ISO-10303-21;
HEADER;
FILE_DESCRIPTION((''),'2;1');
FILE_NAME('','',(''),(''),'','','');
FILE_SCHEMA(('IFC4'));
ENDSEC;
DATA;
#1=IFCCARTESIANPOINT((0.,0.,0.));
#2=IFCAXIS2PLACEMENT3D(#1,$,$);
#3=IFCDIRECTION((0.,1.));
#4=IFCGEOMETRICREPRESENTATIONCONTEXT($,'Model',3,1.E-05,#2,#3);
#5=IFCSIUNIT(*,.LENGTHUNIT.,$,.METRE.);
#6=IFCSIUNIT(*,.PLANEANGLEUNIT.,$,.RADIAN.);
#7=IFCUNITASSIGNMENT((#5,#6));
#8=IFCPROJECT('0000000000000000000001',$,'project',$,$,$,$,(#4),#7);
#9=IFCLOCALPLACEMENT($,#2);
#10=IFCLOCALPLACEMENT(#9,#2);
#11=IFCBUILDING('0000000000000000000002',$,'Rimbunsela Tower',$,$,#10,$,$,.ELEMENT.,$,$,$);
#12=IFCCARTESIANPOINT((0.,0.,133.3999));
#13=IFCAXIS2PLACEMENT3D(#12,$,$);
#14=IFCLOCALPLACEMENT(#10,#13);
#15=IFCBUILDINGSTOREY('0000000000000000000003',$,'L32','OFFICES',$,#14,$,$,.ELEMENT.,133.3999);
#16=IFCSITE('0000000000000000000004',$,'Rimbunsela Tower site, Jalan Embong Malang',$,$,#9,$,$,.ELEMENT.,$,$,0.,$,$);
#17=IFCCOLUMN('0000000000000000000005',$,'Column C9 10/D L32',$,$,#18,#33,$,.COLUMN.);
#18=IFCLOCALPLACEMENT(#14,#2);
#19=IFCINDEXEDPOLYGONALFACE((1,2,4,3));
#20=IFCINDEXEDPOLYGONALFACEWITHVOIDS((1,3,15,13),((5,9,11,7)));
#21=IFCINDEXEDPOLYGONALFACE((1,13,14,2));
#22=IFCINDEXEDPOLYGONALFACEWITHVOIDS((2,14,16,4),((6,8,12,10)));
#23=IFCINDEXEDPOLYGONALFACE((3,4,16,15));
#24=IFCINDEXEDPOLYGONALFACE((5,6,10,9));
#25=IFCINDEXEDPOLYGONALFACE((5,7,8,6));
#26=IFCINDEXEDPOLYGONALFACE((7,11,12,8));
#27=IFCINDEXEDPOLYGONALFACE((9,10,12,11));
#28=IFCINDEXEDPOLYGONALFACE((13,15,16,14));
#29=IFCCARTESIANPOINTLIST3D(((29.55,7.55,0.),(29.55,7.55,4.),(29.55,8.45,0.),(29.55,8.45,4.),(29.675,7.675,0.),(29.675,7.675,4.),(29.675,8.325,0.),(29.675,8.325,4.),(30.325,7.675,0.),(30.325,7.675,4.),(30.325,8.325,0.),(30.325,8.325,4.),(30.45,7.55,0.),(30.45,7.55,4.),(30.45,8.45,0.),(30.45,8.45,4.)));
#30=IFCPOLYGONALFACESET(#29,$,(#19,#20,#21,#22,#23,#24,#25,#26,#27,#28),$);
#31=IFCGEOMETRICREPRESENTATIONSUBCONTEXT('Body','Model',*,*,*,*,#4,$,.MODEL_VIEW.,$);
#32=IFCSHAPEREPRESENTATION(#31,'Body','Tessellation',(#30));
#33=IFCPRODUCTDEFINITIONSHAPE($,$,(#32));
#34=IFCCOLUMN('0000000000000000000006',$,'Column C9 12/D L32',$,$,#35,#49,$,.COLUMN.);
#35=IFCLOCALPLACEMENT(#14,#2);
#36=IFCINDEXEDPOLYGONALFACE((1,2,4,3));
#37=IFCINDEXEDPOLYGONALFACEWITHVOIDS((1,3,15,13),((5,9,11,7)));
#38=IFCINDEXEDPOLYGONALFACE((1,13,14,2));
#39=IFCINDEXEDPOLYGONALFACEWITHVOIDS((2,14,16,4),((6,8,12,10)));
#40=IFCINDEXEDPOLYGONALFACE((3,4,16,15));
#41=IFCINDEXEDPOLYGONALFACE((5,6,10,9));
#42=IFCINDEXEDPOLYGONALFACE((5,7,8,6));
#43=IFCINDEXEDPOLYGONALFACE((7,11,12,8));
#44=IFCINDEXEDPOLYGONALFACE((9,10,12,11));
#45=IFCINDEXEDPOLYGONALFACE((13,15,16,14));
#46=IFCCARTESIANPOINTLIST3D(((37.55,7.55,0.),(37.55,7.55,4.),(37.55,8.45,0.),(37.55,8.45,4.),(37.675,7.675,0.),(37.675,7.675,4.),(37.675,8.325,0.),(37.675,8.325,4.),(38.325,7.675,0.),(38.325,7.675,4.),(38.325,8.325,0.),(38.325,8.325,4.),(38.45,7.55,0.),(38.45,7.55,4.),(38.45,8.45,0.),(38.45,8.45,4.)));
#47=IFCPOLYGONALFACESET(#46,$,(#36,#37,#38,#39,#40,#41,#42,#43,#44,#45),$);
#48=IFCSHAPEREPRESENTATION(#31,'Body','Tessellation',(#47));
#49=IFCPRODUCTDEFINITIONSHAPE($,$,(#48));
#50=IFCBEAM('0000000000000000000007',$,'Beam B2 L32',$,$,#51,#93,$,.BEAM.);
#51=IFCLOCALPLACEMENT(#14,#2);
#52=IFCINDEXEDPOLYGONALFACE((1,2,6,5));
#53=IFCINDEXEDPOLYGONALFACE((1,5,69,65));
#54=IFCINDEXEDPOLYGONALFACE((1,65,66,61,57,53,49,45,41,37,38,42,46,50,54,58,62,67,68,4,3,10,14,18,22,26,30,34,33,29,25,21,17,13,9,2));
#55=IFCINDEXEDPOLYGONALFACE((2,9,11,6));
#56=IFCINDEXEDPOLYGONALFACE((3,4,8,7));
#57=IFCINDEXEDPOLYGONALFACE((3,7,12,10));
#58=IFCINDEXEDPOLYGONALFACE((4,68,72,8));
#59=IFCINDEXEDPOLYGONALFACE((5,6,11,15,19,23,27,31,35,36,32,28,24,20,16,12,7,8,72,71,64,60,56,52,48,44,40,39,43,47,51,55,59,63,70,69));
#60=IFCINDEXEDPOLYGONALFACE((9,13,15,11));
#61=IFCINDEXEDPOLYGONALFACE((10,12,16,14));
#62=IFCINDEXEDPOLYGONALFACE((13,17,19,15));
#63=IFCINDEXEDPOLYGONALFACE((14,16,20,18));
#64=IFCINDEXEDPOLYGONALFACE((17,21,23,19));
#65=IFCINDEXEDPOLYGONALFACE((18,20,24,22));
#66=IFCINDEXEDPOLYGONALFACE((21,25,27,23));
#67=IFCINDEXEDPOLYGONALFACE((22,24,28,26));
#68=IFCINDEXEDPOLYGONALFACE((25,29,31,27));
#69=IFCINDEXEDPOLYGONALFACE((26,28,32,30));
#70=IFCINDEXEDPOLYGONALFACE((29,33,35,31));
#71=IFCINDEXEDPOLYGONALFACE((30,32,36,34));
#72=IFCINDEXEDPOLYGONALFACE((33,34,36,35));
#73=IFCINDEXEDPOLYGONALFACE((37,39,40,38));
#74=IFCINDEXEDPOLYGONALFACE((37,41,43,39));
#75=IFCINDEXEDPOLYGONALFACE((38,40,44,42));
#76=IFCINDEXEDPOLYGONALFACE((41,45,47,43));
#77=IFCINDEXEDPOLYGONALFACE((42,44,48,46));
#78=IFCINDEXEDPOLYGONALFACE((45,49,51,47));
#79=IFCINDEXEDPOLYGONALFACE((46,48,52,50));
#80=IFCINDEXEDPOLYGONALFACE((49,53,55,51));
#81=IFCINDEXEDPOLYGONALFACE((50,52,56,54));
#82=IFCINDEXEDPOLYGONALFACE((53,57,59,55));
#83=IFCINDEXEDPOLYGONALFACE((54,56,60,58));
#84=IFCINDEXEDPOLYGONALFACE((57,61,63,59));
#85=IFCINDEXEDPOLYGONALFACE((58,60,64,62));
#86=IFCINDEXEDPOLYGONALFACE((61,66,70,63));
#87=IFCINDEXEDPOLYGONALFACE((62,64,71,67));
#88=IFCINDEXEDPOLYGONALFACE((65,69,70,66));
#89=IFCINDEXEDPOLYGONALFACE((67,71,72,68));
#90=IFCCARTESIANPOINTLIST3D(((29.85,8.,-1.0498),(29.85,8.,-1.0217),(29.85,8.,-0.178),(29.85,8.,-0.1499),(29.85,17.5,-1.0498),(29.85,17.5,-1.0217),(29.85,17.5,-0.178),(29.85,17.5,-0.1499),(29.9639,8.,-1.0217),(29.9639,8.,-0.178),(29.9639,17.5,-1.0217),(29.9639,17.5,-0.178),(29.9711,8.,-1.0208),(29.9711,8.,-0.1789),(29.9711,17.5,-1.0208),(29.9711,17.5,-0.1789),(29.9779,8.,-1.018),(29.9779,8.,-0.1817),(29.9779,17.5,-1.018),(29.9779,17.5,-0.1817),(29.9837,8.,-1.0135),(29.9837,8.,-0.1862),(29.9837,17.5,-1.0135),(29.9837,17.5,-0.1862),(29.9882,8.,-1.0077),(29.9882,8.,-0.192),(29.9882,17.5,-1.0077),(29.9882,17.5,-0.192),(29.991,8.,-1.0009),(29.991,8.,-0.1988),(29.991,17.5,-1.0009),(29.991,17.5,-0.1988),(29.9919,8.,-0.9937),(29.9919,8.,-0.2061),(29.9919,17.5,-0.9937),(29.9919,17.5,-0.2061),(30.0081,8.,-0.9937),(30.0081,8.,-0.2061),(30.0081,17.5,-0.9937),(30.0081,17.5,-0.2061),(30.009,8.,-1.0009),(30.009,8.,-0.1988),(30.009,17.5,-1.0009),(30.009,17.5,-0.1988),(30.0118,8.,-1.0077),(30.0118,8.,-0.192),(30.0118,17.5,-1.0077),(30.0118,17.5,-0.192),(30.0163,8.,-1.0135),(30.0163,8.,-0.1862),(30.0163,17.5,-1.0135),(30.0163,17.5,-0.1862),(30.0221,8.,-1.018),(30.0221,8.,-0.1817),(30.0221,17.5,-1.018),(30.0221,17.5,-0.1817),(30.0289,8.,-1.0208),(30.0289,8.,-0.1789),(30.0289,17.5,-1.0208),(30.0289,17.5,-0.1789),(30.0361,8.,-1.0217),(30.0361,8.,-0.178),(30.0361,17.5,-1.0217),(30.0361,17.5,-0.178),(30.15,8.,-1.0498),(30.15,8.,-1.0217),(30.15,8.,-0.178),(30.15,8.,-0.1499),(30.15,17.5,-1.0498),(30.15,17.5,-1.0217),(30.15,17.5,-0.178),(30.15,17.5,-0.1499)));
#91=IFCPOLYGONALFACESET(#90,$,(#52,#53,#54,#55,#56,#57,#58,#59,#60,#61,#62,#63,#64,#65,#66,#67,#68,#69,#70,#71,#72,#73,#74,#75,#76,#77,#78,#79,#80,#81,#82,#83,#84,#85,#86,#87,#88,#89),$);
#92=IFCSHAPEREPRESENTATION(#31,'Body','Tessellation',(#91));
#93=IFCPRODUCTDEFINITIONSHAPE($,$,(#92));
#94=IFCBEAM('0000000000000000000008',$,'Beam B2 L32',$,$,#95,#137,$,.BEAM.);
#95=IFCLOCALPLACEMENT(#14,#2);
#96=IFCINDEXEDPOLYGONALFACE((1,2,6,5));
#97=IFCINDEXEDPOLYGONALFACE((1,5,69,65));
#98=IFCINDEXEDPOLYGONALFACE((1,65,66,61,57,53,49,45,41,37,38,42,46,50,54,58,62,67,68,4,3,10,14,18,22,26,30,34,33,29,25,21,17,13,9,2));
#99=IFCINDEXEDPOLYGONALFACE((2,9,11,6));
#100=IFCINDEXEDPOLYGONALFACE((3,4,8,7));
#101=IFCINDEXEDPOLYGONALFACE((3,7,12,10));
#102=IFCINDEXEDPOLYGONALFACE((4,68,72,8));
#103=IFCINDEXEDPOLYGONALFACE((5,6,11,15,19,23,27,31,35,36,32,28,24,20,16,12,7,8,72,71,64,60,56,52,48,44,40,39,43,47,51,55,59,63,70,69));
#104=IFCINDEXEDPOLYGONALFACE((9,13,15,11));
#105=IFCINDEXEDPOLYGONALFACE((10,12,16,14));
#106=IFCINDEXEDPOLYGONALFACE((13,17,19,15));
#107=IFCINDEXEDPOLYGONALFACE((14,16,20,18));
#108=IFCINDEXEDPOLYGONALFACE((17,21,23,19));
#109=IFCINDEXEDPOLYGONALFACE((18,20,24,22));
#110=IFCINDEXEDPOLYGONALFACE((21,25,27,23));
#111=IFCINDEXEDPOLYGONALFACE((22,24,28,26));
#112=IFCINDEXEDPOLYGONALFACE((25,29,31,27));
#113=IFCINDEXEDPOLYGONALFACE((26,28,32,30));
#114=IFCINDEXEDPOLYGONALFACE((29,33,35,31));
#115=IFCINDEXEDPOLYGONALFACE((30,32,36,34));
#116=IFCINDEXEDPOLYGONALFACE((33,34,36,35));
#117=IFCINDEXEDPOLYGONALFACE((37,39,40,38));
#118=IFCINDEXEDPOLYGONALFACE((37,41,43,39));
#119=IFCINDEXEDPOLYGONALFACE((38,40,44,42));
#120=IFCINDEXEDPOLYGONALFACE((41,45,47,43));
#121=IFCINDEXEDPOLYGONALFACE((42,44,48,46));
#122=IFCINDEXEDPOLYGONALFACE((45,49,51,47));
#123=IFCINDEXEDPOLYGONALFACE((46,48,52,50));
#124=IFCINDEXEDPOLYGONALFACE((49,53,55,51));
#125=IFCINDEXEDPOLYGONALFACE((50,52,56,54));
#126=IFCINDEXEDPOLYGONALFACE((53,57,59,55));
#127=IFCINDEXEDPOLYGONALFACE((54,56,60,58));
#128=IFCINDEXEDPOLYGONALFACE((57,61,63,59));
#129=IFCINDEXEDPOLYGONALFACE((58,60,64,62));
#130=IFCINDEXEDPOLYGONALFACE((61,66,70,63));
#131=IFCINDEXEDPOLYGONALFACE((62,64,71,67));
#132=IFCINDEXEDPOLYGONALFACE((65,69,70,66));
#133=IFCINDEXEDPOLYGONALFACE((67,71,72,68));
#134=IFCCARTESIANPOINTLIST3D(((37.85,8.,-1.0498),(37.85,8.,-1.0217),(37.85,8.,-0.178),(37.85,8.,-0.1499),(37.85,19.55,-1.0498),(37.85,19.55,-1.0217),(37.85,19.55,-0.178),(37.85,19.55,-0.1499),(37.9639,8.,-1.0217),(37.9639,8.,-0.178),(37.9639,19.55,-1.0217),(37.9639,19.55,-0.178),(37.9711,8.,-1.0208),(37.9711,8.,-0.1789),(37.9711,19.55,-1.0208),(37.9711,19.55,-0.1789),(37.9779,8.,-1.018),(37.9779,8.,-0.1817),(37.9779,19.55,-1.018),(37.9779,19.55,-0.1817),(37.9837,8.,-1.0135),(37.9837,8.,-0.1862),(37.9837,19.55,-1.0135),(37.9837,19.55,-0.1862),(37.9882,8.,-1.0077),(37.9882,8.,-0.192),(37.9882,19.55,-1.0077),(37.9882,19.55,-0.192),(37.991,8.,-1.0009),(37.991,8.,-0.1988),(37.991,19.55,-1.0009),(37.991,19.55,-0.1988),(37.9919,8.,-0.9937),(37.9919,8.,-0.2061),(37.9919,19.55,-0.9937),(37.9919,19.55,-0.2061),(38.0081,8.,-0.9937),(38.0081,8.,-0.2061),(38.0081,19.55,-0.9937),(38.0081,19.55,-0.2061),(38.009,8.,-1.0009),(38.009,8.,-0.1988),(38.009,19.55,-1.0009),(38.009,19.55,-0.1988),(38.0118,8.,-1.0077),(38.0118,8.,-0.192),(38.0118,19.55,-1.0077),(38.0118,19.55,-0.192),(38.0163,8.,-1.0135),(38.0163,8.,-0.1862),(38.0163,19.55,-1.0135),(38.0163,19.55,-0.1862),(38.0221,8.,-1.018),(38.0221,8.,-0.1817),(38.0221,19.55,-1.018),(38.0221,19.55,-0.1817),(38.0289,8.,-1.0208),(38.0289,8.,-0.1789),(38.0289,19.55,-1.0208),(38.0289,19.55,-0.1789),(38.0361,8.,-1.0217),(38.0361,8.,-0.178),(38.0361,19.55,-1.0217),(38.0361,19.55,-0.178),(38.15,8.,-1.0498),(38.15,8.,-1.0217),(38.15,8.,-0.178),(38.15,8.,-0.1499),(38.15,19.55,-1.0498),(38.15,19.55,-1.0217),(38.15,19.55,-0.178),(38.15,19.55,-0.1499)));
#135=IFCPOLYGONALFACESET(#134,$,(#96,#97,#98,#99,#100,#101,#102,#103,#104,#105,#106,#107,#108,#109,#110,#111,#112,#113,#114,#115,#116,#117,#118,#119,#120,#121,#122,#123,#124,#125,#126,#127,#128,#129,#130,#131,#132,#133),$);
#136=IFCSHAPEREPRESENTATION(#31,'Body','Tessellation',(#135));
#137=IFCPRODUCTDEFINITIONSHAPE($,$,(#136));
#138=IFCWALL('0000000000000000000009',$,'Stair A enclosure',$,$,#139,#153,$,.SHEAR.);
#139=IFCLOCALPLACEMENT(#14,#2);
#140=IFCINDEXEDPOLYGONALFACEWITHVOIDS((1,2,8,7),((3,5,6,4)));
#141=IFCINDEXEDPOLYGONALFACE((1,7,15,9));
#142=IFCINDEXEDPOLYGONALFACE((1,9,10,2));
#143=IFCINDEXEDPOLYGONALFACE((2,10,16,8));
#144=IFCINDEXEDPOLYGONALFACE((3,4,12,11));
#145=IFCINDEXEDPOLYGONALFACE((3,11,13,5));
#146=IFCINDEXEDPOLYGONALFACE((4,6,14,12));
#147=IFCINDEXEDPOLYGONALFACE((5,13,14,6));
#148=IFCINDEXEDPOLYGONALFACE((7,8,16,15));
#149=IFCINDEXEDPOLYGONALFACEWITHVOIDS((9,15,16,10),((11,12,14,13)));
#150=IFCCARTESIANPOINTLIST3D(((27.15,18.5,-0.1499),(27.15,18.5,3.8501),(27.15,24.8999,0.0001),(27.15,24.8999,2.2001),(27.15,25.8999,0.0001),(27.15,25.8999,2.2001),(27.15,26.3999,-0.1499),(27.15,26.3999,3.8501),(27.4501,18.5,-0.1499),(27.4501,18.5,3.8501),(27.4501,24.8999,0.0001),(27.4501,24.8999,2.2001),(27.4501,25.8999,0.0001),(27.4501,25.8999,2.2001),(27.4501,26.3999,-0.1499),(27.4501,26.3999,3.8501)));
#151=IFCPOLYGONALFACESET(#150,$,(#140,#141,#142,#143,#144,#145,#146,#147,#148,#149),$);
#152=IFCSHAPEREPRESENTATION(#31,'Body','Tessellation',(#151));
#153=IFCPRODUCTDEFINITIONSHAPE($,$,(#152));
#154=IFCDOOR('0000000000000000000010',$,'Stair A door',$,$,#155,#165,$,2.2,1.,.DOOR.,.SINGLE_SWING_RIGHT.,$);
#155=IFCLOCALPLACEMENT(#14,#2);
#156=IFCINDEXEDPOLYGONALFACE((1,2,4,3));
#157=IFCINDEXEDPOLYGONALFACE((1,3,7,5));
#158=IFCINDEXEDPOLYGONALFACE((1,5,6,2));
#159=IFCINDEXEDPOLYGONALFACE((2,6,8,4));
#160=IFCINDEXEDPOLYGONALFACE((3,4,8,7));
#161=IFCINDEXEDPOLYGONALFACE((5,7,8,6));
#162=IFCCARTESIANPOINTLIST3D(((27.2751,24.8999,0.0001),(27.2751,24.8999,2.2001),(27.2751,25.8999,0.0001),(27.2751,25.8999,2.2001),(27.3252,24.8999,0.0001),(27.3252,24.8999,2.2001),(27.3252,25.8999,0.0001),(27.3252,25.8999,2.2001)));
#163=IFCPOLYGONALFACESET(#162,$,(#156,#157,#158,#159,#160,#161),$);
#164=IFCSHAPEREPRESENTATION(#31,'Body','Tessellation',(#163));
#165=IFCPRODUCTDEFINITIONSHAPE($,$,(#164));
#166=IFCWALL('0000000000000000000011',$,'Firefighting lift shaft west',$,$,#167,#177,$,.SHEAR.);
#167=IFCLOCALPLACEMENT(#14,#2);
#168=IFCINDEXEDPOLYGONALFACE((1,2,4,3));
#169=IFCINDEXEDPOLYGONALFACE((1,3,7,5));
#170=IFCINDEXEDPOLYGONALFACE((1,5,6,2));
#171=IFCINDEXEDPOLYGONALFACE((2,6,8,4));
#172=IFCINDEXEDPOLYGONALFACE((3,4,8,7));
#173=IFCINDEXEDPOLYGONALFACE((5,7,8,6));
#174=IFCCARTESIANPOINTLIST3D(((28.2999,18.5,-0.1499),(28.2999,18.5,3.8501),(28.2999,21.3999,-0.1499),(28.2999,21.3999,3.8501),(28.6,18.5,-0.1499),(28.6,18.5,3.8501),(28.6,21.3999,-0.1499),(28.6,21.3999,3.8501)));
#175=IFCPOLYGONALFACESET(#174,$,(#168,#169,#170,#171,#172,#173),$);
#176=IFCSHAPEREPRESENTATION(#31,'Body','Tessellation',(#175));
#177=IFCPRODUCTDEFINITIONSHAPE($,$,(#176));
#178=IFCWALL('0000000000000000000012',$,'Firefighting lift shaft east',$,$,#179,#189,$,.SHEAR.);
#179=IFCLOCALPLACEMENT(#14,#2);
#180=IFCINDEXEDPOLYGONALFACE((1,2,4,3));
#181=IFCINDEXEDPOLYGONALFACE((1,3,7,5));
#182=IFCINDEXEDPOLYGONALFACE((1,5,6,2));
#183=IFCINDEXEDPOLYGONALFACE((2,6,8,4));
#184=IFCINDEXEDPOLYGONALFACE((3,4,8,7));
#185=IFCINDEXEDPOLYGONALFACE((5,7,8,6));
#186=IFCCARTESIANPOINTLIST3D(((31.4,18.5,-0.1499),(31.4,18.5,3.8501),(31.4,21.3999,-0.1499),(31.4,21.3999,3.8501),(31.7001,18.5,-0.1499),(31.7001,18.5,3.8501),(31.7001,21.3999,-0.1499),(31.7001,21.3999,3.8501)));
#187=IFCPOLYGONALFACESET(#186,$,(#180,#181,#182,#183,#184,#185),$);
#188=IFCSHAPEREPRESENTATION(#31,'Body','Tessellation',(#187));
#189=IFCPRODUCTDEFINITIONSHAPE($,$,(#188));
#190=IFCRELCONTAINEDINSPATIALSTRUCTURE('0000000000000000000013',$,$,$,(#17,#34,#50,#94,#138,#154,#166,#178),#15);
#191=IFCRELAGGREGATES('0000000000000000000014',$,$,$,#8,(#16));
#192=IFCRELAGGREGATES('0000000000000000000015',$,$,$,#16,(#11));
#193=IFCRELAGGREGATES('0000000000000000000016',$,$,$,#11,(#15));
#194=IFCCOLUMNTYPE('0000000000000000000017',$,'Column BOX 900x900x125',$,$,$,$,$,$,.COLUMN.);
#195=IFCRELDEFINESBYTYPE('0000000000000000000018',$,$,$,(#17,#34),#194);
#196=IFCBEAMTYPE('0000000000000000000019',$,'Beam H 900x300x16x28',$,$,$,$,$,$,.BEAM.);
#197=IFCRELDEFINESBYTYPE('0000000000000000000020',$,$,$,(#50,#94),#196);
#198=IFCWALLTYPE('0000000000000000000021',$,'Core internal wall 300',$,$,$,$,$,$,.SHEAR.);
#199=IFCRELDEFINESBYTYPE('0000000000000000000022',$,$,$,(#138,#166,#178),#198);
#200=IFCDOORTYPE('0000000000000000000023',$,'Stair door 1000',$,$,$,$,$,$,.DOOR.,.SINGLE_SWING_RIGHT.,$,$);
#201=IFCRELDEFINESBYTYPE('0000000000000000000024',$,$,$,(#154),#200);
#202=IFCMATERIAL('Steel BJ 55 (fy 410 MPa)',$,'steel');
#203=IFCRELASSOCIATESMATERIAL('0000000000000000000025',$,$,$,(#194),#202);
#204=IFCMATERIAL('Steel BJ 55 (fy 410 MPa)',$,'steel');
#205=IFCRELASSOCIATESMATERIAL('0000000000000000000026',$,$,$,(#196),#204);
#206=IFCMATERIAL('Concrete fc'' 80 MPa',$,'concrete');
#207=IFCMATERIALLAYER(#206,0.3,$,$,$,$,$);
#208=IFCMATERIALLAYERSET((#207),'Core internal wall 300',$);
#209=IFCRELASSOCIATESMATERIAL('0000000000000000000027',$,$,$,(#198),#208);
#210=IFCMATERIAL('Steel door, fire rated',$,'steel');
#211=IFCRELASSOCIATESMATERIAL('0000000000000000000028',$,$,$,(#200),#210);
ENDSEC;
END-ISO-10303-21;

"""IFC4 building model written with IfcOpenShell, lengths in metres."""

from ifc_helpers import new_model, si_unit, direction, frame, frame_2d, origin, origin_2d, place, context, subcontext, project, spatial, rectangle, hollow_rectangle, i_section, extrude, material, layer, layer_set, material_profile, profile_set, type_object, element, fill, save


model = new_model("IFC4")

# Units and contexts
model_context = context("Model", 3, precision=1e-05, world=origin(), true_north=direction((0.0, 1.0)))
body_context = subcontext(model_context, "Body", "Model", "MODEL_VIEW")
ifc_project = project(units=[si_unit("LENGTHUNIT", "METRE"), si_unit("PLANEANGLEUNIT", "RADIAN")], contexts=[model_context])

# Site, building, storey
site_placement = place(None, origin())
site = spatial("IfcSite", under=ifc_project, at=site_placement, Name="Rimbunsela Tower site, Jalan Embong Malang", CompositionType="ELEMENT", RefElevation=0.0)
building_placement = place(site_placement, origin())
building = spatial("IfcBuilding", under=site, at=building_placement, Name="Rimbunsela Tower", CompositionType="ELEMENT")
storey_placement = place(building_placement, frame((0.0, 0.0, 133.3999)))
storey = spatial("IfcBuildingStorey", under=building, at=storey_placement, Name="L32", Description="OFFICES", CompositionType="ELEMENT", Elevation=133.3999)

# Columns
ifc_material_1 = material(Name="Steel BJ 55 (fy 410 MPa)", Category="steel")
ifc_material_profile_1 = material_profile(ifc_material_1, hollow_rectangle(XDim=0.8999, YDim=0.8999, WallThickness=0.125, at=origin_2d()), Name="BOX 900x900x125")
ifc_profile_set_1 = profile_set([ifc_material_profile_1], Name="Steel BJ 55 (fy 410 MPa)")
column_type = type_object("IfcColumnType", Name="Column BOX 900x900x125", PredefinedType="COLUMN", material=ifc_profile_set_1)
for number, where, z_axis, x_axis, name in (
    (1, (30.0, 8.0, 0.0), (0.0, 0.0, 1.0), (1.0, 0.0, 0.0), "Column C9 10/D L32"),
    (2, (38.0, 8.0, 0.0), (0.0, 0.0, 1.0), (1.0, 0.0, 0.0), "Column C9 12/D L32"),
):
    element("IfcColumn", number, at=place(storey_placement, frame(where, z_axis=z_axis, x_axis=x_axis)), inside=storey, type_object=column_type, Name=name, PredefinedType="COLUMN", context=body_context, shape_type="SweptSolid", body=[
        extrude(hollow_rectangle(XDim=0.8999, YDim=0.8999, WallThickness=0.125, at=origin_2d()), origin(), (0.0, 0.0, 1.0), 4.0),
    ])

# Beams
ifc_material_2 = material(Name="Steel BJ 55 (fy 410 MPa)", Category="steel")
ifc_material_profile_2 = material_profile(ifc_material_2, i_section(OverallWidth=0.3, OverallDepth=0.8999, WebThickness=0.0161, FlangeThickness=0.0281, FilletRadius=0.0281, at=origin_2d()), Name="H 900x300x16x28")
ifc_profile_set_2 = profile_set([ifc_material_profile_2], Name="Steel BJ 55 (fy 410 MPa)")
beam_type = type_object("IfcBeamType", Name="Beam H 900x300x16x28", PredefinedType="BEAM", material=ifc_profile_set_2)
beam_1_placement = place(storey_placement, frame((30.0, 8.0, -0.5999), z_axis=(0.0, 1.0, 0.0), x_axis=(-1.0, 0.0, 0.0)))
element("IfcBeam", 3, at=beam_1_placement, inside=storey, type_object=beam_type, Name="Beam B2 L32", PredefinedType="BEAM", context=body_context, shape_type="SweptSolid", body=[
    extrude(i_section(OverallWidth=0.3, OverallDepth=0.8999, WebThickness=0.0161, FlangeThickness=0.0281, FilletRadius=0.0281, at=origin_2d()), origin(), (0.0, 0.0, 1.0), 9.5),
])
beam_2_placement = place(storey_placement, frame((38.0, 8.0, -0.5999), z_axis=(0.0, 1.0, 0.0), x_axis=(-1.0, 0.0, 0.0)))
element("IfcBeam", 4, at=beam_2_placement, inside=storey, type_object=beam_type, Name="Beam B2 L32", PredefinedType="BEAM", context=body_context, shape_type="SweptSolid", body=[
    extrude(i_section(OverallWidth=0.3, OverallDepth=0.8999, WebThickness=0.0161, FlangeThickness=0.0281, FilletRadius=0.0281, at=origin_2d()), origin(), (0.0, 0.0, 1.0), 11.55),
])

# Wall, opening, door
ifc_material_3 = material(Name="Concrete fc' 80 MPa", Category="concrete")
ifc_layer_1 = layer(ifc_material_3, 0.3)
ifc_layer_set_1 = layer_set([ifc_layer_1], Name="Core internal wall 300")
wall_type_1 = type_object("IfcWallType", Name="Core internal wall 300", PredefinedType="SHEAR", material=ifc_layer_set_1)
wall_1_placement = place(storey_placement, frame((27.3, 18.5, -0.1499), z_axis=(0.0, 0.0, 1.0), x_axis=(0.0, 1.0, 0.0)))
wall_1 = element("IfcWall", 5, at=wall_1_placement, inside=storey, type_object=wall_type_1, Name="Stair A enclosure", PredefinedType="SHEAR", context=body_context, shape_type="SweptSolid", body=[
    extrude(rectangle(XDim=7.8999, YDim=0.3, at=frame_2d((3.95, 0.0))), origin(), (0.0, 0.0, 1.0), 4.0),
])
opening_1_placement = place(wall_1_placement, frame((6.3999, 0.0, 0.1499)))
opening_1 = element("IfcOpeningElement", 6, at=opening_1_placement, cuts=wall_1, PredefinedType="OPENING", context=body_context, shape_type="SweptSolid", body=[
    extrude(rectangle(XDim=1.0, YDim=2.2, at=frame_2d((0.5, 1.1001))), frame((0.0, 0.1599, 0.0), z_axis=(0.0, -1.0, 0.0), x_axis=(1.0, 0.0, 0.0)), (0.0, 0.0, 1.0), 0.3201),
])
ifc_material_4 = material(Name="Steel door, fire rated", Category="steel")
door_type_1 = type_object("IfcDoorType", Name="Stair door 1000", OperationType="SINGLE_SWING_RIGHT", PredefinedType="DOOR", material=ifc_material_4)
door_1_placement = place(opening_1_placement, origin())
door_1 = element("IfcDoor", 7, at=door_1_placement, inside=storey, type_object=door_type_1, Name="Stair A door", OperationType="SINGLE_SWING_RIGHT", OverallHeight=2.2, OverallWidth=1.0, PredefinedType="DOOR", context=body_context, shape_type="SweptSolid", body=[
    extrude(rectangle(XDim=1.0, YDim=2.2, at=frame_2d((0.5, 1.1001))), frame((0.0, 0.0249, 0.0), z_axis=(0.0, -1.0, 0.0), x_axis=(1.0, 0.0, 0.0)), (0.0, 0.0, 1.0), 0.05),
])
fill(opening_1, door_1)

# Walls
for number, where, z_axis, x_axis, name in (
    (8, (28.45, 18.5, -0.1499), (0.0, 0.0, 1.0), (0.0, 1.0, 0.0), "Firefighting lift shaft west"),
    (9, (31.55, 18.5, -0.1499), (0.0, 0.0, 1.0), (0.0, 1.0, 0.0), "Firefighting lift shaft east"),
):
    element("IfcWall", number, at=place(storey_placement, frame(where, z_axis=z_axis, x_axis=x_axis)), inside=storey, type_object=wall_type_1, Name=name, PredefinedType="SHEAR", context=body_context, shape_type="SweptSolid", body=[
        extrude(rectangle(XDim=2.8999, YDim=0.3, at=frame_2d((1.45, 0.0))), origin(), (0.0, 0.0, 1.0), 4.0),
    ])

save(model, "model.ifc")
